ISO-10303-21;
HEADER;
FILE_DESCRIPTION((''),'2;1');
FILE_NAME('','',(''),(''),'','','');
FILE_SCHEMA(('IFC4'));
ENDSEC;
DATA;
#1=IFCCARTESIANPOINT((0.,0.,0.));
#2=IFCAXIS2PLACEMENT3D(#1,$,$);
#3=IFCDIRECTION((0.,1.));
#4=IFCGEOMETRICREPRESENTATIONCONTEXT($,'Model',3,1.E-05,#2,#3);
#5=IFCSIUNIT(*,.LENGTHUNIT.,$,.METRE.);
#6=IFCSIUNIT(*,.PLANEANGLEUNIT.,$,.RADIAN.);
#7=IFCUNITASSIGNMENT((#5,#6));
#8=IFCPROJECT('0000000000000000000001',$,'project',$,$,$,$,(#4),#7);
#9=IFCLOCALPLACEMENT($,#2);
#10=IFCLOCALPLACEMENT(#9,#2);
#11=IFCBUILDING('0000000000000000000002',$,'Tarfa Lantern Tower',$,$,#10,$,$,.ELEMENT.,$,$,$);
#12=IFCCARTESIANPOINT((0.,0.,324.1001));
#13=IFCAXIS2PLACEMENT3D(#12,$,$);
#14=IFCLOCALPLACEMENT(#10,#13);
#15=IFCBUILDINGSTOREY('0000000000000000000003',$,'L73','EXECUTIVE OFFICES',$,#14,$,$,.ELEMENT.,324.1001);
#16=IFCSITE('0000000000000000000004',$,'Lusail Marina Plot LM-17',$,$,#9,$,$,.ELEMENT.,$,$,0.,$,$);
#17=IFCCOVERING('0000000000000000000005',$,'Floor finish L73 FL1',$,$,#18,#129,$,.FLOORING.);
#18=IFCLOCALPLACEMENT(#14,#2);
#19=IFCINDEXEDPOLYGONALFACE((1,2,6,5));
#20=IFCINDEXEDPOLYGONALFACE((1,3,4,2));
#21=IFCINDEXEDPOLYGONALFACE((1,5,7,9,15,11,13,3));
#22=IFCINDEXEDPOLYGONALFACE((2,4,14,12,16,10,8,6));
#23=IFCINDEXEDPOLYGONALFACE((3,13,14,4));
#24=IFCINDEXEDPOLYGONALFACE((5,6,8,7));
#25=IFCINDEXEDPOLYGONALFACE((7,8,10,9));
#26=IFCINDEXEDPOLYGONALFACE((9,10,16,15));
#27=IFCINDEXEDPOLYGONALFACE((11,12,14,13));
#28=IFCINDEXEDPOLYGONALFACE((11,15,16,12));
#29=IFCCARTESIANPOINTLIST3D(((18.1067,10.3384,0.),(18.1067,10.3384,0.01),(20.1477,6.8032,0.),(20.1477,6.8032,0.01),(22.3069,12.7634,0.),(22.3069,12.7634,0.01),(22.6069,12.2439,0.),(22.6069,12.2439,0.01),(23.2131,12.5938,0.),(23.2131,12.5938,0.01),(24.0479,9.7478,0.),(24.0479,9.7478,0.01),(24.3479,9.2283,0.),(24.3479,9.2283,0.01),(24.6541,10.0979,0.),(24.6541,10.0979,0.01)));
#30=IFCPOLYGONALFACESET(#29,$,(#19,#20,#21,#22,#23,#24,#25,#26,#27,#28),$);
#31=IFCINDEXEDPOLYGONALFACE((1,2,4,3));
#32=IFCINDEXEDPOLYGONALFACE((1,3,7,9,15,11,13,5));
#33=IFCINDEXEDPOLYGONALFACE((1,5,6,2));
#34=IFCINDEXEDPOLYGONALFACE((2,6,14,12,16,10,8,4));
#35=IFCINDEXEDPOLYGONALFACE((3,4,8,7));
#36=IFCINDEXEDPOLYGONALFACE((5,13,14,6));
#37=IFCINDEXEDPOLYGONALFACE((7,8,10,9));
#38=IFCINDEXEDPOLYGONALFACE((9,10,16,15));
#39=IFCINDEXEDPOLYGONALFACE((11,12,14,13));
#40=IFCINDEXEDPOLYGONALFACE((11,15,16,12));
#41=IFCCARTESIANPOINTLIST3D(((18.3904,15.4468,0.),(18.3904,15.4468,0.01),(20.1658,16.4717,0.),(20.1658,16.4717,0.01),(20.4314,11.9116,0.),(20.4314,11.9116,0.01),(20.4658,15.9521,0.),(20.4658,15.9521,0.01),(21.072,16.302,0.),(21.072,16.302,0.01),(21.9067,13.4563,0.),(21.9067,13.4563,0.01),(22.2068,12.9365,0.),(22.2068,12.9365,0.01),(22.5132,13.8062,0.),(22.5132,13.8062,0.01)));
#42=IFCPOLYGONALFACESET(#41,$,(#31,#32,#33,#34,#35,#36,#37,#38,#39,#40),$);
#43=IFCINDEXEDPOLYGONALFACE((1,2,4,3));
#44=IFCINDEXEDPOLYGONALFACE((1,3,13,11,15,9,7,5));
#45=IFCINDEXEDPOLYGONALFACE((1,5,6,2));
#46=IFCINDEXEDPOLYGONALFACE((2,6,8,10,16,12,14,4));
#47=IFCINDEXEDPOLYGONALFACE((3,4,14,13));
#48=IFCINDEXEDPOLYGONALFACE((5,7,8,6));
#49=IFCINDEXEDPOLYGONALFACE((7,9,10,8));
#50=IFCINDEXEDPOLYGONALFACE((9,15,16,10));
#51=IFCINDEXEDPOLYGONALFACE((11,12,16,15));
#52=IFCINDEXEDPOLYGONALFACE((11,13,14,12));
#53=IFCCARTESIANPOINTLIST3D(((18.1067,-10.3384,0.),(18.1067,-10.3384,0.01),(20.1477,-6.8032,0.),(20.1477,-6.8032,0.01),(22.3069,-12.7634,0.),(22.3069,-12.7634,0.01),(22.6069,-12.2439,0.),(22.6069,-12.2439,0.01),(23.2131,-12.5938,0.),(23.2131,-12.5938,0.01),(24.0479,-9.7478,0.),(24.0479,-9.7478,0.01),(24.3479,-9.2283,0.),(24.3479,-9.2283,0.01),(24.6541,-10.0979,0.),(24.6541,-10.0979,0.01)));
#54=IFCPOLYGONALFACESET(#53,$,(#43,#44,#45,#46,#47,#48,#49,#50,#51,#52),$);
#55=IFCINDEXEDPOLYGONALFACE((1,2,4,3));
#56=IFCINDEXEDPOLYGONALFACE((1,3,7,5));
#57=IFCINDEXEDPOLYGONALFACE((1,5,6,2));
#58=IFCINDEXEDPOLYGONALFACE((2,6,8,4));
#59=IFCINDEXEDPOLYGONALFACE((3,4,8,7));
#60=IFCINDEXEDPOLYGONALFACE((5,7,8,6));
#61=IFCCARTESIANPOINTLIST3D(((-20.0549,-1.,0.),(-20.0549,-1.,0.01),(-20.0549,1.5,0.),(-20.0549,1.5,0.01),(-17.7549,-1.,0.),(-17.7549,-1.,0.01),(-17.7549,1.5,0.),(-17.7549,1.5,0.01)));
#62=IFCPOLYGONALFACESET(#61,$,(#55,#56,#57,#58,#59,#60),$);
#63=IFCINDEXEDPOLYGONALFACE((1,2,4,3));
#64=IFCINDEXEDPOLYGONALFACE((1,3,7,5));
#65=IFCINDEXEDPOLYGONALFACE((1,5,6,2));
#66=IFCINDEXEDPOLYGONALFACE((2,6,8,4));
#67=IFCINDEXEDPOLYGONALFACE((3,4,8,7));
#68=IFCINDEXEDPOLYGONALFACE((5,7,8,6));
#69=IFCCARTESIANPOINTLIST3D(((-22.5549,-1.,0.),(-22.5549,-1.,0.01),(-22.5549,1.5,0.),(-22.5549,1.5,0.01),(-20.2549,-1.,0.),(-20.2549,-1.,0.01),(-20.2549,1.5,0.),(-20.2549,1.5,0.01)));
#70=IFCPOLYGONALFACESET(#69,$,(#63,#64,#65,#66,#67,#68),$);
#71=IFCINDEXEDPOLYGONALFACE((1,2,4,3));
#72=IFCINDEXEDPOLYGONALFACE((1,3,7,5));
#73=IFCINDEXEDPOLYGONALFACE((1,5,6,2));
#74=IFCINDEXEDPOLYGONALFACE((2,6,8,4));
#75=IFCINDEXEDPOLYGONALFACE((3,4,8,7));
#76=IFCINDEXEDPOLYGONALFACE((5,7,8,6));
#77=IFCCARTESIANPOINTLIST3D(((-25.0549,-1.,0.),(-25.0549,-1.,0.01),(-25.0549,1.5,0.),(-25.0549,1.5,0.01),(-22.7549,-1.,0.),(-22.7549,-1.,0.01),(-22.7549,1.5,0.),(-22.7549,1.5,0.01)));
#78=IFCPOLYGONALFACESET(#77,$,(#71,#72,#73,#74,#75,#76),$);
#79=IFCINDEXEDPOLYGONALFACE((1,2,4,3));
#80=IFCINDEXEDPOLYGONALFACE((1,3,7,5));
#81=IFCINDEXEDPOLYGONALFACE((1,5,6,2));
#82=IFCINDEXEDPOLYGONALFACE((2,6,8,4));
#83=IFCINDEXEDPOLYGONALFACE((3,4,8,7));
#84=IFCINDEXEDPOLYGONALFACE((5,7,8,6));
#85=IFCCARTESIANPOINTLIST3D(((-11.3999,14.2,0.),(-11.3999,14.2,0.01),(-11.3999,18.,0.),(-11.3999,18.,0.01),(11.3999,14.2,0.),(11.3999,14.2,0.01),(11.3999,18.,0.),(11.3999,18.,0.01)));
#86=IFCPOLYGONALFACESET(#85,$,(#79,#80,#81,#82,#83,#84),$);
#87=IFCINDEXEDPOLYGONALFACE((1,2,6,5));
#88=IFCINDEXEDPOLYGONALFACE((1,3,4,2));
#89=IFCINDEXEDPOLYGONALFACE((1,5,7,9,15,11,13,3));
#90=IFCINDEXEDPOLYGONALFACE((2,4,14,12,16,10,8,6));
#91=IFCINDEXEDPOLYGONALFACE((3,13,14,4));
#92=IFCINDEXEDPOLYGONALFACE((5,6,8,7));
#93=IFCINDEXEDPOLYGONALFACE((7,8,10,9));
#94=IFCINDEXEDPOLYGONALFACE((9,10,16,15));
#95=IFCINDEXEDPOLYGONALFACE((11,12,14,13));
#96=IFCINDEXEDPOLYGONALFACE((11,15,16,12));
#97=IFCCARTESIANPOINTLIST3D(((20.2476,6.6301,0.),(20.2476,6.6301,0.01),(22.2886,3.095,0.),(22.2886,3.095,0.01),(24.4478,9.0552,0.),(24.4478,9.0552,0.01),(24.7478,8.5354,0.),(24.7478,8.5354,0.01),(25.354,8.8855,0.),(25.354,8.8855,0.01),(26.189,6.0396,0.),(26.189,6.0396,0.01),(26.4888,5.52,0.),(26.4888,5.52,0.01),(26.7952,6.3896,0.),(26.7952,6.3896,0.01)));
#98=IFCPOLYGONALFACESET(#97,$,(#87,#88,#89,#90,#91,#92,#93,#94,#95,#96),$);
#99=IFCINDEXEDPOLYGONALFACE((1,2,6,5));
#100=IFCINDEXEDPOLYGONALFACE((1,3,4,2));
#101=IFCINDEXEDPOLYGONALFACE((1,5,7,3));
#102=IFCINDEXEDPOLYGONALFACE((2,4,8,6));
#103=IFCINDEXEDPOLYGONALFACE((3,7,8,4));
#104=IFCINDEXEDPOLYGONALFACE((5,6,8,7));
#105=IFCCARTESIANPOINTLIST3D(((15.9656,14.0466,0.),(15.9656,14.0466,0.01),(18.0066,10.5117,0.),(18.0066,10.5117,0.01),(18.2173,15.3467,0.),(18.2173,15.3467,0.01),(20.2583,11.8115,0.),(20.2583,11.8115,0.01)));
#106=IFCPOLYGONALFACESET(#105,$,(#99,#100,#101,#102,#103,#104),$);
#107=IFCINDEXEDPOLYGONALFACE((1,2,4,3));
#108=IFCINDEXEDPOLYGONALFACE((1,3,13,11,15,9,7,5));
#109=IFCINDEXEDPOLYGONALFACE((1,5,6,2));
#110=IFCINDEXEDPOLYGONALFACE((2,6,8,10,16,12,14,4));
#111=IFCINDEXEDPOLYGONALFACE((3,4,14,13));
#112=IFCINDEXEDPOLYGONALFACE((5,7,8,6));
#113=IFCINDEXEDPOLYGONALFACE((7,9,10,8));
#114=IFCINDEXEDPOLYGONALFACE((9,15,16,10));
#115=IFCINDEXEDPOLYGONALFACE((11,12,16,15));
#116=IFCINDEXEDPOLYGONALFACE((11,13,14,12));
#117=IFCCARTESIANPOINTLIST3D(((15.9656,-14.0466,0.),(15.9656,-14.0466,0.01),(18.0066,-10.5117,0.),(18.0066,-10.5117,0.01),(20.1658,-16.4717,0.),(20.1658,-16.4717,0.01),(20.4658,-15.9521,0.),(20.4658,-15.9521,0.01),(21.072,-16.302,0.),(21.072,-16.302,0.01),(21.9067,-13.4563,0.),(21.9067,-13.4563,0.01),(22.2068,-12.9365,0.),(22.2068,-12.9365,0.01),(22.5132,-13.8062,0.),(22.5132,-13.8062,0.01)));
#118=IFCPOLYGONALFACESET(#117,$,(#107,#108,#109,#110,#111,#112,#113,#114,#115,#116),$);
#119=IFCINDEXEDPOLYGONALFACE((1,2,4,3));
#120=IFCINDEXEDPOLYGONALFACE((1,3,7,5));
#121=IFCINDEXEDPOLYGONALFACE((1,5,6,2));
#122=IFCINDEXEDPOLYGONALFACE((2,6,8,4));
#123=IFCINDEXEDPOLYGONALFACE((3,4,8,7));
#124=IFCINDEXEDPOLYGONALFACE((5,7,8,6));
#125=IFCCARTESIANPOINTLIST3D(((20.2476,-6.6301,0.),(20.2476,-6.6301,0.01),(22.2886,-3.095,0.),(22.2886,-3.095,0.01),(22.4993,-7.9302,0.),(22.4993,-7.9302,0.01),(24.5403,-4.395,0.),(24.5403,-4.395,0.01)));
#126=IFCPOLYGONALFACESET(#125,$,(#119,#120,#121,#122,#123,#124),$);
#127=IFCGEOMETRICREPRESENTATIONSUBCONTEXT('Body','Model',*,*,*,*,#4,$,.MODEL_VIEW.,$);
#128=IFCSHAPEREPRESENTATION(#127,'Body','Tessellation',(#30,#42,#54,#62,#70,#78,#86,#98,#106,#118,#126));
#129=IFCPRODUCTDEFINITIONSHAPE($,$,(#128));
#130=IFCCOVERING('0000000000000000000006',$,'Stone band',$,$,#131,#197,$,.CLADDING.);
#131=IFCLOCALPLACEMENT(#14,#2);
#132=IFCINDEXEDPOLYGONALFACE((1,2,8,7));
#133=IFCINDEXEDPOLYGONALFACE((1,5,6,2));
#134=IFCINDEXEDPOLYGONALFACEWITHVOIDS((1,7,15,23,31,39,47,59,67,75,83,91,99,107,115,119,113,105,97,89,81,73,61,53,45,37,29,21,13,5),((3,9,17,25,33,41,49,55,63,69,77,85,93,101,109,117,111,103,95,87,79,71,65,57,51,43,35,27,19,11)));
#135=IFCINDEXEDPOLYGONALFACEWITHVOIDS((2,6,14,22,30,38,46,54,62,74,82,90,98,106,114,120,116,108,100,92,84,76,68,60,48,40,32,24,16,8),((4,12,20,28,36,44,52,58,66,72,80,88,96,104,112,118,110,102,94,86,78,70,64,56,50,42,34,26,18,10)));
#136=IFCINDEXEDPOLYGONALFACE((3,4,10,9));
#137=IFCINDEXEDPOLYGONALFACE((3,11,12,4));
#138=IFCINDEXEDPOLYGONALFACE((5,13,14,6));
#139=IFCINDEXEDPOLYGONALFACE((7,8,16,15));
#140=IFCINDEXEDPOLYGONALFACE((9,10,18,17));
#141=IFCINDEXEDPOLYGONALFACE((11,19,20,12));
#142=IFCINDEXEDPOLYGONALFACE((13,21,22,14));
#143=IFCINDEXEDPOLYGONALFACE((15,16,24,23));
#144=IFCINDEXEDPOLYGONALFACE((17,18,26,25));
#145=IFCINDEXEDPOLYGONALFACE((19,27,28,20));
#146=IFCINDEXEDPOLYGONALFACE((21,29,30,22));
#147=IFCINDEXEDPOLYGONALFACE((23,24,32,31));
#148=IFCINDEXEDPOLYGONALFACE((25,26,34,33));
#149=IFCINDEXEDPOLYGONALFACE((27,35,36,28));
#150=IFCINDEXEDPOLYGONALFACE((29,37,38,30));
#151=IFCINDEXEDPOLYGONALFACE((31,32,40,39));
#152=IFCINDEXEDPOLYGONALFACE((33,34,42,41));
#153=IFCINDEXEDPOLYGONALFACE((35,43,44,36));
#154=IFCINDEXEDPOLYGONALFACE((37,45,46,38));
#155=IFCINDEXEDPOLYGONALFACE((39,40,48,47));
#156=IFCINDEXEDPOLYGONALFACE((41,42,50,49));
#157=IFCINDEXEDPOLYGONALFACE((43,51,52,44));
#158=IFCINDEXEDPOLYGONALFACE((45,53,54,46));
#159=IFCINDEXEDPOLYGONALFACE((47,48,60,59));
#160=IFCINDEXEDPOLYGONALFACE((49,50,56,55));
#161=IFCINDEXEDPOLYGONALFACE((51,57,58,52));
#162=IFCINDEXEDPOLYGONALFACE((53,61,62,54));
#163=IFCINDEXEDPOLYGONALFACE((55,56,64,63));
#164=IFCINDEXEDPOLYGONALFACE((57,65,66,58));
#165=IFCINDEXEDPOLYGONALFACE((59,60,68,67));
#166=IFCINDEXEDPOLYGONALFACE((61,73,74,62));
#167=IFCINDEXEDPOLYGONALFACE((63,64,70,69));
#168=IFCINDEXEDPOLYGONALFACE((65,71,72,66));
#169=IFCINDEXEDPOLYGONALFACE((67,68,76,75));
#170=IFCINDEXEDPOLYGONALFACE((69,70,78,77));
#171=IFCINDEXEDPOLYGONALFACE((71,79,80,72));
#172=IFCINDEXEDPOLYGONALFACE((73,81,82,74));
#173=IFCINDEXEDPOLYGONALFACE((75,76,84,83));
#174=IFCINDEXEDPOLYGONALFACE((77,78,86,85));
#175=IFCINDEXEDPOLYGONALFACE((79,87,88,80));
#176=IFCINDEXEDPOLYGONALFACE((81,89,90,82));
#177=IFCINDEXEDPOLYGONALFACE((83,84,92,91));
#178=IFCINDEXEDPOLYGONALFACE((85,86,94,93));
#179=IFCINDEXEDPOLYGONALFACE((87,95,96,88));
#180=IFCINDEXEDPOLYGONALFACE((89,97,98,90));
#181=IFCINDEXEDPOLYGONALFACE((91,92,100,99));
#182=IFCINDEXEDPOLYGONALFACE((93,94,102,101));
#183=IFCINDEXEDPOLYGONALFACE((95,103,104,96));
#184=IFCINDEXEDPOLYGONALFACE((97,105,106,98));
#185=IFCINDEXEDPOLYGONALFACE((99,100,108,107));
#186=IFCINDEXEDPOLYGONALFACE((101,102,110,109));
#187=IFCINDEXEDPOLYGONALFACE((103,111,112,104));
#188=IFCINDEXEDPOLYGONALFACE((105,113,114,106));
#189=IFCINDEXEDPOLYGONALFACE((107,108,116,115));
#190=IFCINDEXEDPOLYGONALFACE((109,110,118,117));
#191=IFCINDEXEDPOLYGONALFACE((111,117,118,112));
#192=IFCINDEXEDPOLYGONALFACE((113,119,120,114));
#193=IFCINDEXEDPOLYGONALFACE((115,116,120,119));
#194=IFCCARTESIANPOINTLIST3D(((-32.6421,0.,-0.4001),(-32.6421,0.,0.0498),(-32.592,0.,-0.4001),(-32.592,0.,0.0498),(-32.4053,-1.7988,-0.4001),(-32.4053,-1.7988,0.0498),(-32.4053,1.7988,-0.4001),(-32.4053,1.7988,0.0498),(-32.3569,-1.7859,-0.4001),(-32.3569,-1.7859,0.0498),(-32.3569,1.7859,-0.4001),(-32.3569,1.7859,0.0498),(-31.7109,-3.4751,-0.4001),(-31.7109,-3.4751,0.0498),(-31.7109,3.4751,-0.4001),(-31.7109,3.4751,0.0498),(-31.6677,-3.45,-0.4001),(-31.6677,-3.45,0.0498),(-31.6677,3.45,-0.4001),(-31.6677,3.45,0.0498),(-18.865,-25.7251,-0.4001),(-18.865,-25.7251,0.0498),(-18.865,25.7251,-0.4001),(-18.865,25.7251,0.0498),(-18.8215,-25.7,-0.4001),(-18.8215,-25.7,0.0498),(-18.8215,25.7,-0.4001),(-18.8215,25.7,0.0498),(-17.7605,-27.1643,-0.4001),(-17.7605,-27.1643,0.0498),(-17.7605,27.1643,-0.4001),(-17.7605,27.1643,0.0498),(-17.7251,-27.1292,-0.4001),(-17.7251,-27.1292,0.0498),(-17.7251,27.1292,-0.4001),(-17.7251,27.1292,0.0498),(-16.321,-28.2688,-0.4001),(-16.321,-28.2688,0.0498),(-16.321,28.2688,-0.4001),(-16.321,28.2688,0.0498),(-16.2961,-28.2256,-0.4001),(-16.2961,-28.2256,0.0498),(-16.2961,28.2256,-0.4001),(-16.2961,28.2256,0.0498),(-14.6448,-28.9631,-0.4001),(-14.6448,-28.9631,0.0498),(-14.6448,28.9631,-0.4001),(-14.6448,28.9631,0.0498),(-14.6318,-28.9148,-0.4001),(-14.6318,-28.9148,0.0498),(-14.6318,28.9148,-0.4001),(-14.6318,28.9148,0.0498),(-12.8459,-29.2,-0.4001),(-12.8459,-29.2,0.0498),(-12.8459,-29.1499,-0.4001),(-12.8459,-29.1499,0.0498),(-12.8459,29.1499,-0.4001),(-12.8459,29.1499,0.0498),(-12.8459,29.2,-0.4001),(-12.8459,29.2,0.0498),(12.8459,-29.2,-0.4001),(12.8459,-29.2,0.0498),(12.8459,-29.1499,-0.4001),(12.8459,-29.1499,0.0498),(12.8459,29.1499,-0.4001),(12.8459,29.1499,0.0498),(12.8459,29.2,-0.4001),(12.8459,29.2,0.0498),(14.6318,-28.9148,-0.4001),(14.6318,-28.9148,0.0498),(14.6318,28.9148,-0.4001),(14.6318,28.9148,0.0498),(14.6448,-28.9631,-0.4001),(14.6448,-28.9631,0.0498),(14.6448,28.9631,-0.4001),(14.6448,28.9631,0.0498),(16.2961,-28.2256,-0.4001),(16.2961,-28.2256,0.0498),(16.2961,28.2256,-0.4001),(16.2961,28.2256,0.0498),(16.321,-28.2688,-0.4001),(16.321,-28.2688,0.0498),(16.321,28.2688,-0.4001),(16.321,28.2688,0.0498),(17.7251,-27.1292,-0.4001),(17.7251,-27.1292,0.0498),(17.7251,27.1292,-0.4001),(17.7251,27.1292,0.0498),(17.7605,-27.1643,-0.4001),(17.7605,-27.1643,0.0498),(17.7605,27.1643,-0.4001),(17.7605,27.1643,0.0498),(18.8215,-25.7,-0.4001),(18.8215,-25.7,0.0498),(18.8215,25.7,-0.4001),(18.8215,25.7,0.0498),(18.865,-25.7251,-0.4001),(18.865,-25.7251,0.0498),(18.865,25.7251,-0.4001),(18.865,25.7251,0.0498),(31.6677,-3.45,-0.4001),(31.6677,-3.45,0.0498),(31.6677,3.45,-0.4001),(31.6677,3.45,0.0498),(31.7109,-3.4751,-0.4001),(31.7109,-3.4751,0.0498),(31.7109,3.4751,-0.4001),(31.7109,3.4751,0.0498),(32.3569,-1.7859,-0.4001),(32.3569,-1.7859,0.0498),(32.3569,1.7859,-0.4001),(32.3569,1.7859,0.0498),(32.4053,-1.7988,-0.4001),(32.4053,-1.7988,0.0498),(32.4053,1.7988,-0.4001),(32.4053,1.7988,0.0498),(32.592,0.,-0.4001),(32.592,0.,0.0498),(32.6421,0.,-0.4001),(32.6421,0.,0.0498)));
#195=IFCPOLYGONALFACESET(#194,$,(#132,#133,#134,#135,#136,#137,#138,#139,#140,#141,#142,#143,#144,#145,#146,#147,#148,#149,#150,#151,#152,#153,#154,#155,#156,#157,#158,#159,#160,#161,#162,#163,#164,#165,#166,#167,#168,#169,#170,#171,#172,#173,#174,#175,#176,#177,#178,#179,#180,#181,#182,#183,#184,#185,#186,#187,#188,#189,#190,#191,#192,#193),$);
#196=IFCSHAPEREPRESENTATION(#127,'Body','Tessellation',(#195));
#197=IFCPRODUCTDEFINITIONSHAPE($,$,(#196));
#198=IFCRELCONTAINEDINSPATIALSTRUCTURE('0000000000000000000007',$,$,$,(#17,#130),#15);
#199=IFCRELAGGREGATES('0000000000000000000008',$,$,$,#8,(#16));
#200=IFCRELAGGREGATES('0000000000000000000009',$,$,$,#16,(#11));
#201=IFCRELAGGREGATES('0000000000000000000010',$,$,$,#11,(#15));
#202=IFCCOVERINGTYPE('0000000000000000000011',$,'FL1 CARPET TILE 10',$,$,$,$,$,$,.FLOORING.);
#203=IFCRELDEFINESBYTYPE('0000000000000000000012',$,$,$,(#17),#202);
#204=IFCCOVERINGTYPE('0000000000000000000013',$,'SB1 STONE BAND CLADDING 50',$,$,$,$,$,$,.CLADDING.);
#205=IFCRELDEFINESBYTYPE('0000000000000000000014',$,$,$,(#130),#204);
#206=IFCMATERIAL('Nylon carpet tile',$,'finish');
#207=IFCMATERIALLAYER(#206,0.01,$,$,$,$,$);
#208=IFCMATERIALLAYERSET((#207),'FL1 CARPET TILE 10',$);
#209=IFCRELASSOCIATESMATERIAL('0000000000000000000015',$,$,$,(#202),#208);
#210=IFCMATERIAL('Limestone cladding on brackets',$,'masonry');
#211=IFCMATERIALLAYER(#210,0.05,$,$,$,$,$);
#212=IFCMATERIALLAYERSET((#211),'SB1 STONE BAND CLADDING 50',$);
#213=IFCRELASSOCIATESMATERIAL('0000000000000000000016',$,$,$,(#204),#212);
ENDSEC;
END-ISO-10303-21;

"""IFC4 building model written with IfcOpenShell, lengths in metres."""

from ifc_helpers import new_model, si_unit, direction, frame, origin, place, context, subcontext, project, spatial, polyline, outline, extrude, material, layer, layer_set, type_object, element, save


model = new_model("IFC4")

# Units and contexts
model_context = context("Model", 3, precision=1e-05, world=origin(), true_north=direction((0.0, 1.0)))
body_context = subcontext(model_context, "Body", "Model", "MODEL_VIEW")
ifc_project = project(units=[si_unit("LENGTHUNIT", "METRE"), si_unit("PLANEANGLEUNIT", "RADIAN")], contexts=[model_context])

# Site, building, storey
site_placement = place(None, origin())
site = spatial("IfcSite", under=ifc_project, at=site_placement, Name="Lusail Marina Plot LM-17", CompositionType="ELEMENT", RefElevation=0.0)
building_placement = place(site_placement, origin())
building = spatial("IfcBuilding", under=site, at=building_placement, Name="Tarfa Lantern Tower", CompositionType="ELEMENT")
storey_placement = place(building_placement, frame((0.0, 0.0, 324.1001)))
storey = spatial("IfcBuildingStorey", under=building, at=storey_placement, Name="L73", Description="EXECUTIVE OFFICES", CompositionType="ELEMENT", Elevation=324.1001)

# Coverings
ifc_material_1 = material(Name="Nylon carpet tile", Category="finish")
ifc_layer_1 = layer(ifc_material_1, 0.01)
ifc_layer_set_1 = layer_set([ifc_layer_1], Name="FL1 CARPET TILE 10")
covering_type_1 = type_object("IfcCoveringType", Name="FL1 CARPET TILE 10", PredefinedType="FLOORING", material=ifc_layer_set_1)
covering_1_placement = place(storey_placement, origin())
element("IfcCovering", 1, at=covering_1_placement, inside=storey, type_object=covering_type_1, Name="Floor finish L73 FL1", PredefinedType="FLOORING", context=body_context, shape_type="SweptSolid", body=[
    extrude(outline(polyline([(18.1067, 10.3384), (22.3069, 12.7634), (22.6069, 12.2439), (23.2131, 12.5938), (24.6541, 10.0979), (24.0479, 9.7478), (24.3479, 9.2283), (20.1477, 6.8032), (18.1067, 10.3384)])), origin(), (0.0, 0.0, 1.0), 0.01),
    extrude(outline(polyline([(18.3904, 15.4468), (20.1658, 16.4717), (20.4658, 15.9521), (21.072, 16.302), (22.5132, 13.8062), (21.9067, 13.4563), (22.2068, 12.9365), (20.4314, 11.9116), (18.3904, 15.4468)])), origin(), (0.0, 0.0, 1.0), 0.01),
    extrude(outline(polyline([(20.1477, -6.8032), (24.3479, -9.2283), (24.0479, -9.7478), (24.6541, -10.0979), (23.2131, -12.5938), (22.6069, -12.2439), (22.3069, -12.7634), (18.1067, -10.3384), (20.1477, -6.8032)])), origin(), (0.0, 0.0, 1.0), 0.01),
    extrude(outline(polyline([(-20.0549, -1.0), (-20.0549, 1.5), (-17.7549, 1.5), (-17.7549, -1.0), (-20.0549, -1.0)])), origin(), (0.0, 0.0, 1.0), 0.01),
    extrude(outline(polyline([(-22.5549, -1.0), (-22.5549, 1.5), (-20.2549, 1.5), (-20.2549, -1.0), (-22.5549, -1.0)])), origin(), (0.0, 0.0, 1.0), 0.01),
    extrude(outline(polyline([(-25.0549, -1.0), (-25.0549, 1.5), (-22.7549, 1.5), (-22.7549, -1.0), (-25.0549, -1.0)])), origin(), (0.0, 0.0, 1.0), 0.01),
    extrude(outline(polyline([(-11.3999, 18.0), (11.3999, 18.0), (11.3999, 14.2), (-11.3999, 14.2), (-11.3999, 18.0)])), origin(), (0.0, 0.0, 1.0), 0.01),
    extrude(outline(polyline([(20.2476, 6.6301), (24.4478, 9.0552), (24.7478, 8.5354), (25.354, 8.8855), (26.7952, 6.3896), (26.189, 6.0396), (26.4888, 5.52), (22.2886, 3.095), (20.2476, 6.6301)])), origin(), (0.0, 0.0, 1.0), 0.01),
    extrude(outline(polyline([(15.9656, 14.0466), (18.2173, 15.3467), (20.2583, 11.8115), (18.0066, 10.5117), (15.9656, 14.0466)])), origin(), (0.0, 0.0, 1.0), 0.01),
    extrude(outline(polyline([(18.0066, -10.5117), (22.2068, -12.9365), (21.9067, -13.4563), (22.5132, -13.8062), (21.072, -16.302), (20.4658, -15.9521), (20.1658, -16.4717), (15.9656, -14.0466), (18.0066, -10.5117)])), origin(), (0.0, 0.0, 1.0), 0.01),
    extrude(outline(polyline([(22.2886, -3.095), (24.5403, -4.395), (22.4993, -7.9302), (20.2476, -6.6301), (22.2886, -3.095)])), origin(), (0.0, 0.0, 1.0), 0.01),
])
ifc_material_2 = material(Name="Limestone cladding on brackets", Category="masonry")
ifc_layer_2 = layer(ifc_material_2, 0.05)
ifc_layer_set_2 = layer_set([ifc_layer_2], Name="SB1 STONE BAND CLADDING 50")
covering_type_2 = type_object("IfcCoveringType", Name="SB1 STONE BAND CLADDING 50", PredefinedType="CLADDING", material=ifc_layer_set_2)
covering_2_placement = place(storey_placement, frame((0.0, 0.0, -0.4001)))
element("IfcCovering", 2, at=covering_2_placement, inside=storey, type_object=covering_type_2, Name="Stone band", PredefinedType="CLADDING", context=body_context, shape_type="SweptSolid", body=[
    extrude(outline(polyline([(31.7109, 3.4751), (18.865, 25.7251), (17.7605, 27.1643), (16.321, 28.2688), (14.6448, 28.9631), (12.8459, 29.2), (-12.8459, 29.2), (-14.6448, 28.9631), (-16.321, 28.2688), (-17.7605, 27.1643), (-18.865, 25.7251), (-31.7109, 3.4751), (-32.4053, 1.7988), (-32.6421, 0.0), (-32.4053, -1.7988), (-31.7109, -3.4751), (-18.865, -25.7251), (-17.7605, -27.1643), (-16.321, -28.2688), (-14.6448, -28.9631), (-12.8459, -29.2), (12.8459, -29.2), (14.6448, -28.9631), (16.321, -28.2688), (17.7605, -27.1643), (18.865, -25.7251), (31.7109, -3.4751), (32.4053, -1.7988), (32.6421, 0.0), (32.4053, 1.7988), (31.7109, 3.4751)]), holes=[polyline([(31.6677, 3.45), (18.8215, 25.7), (17.7251, 27.1292), (16.2961, 28.2256), (14.6318, 28.9148), (12.8459, 29.1499), (-12.8459, 29.1499), (-14.6318, 28.9148), (-16.2961, 28.2256), (-17.7251, 27.1292), (-18.8215, 25.7), (-31.6677, 3.45), (-32.3569, 1.7859), (-32.592, 0.0), (-32.3569, -1.7859), (-31.6677, -3.45), (-18.8215, -25.7), (-17.7251, -27.1292), (-16.2961, -28.2256), (-14.6318, -28.9148), (-12.8459, -29.1499), (12.8459, -29.1499), (14.6318, -28.9148), (16.2961, -28.2256), (17.7251, -27.1292), (18.8215, -25.7), (31.6677, -3.45), (32.3569, -1.7859), (32.592, 0.0), (32.3569, 1.7859), (31.6677, 3.45)])]), origin(), (0.0, 0.0, 1.0), 0.45),
])

save(model, "model.ifc")
